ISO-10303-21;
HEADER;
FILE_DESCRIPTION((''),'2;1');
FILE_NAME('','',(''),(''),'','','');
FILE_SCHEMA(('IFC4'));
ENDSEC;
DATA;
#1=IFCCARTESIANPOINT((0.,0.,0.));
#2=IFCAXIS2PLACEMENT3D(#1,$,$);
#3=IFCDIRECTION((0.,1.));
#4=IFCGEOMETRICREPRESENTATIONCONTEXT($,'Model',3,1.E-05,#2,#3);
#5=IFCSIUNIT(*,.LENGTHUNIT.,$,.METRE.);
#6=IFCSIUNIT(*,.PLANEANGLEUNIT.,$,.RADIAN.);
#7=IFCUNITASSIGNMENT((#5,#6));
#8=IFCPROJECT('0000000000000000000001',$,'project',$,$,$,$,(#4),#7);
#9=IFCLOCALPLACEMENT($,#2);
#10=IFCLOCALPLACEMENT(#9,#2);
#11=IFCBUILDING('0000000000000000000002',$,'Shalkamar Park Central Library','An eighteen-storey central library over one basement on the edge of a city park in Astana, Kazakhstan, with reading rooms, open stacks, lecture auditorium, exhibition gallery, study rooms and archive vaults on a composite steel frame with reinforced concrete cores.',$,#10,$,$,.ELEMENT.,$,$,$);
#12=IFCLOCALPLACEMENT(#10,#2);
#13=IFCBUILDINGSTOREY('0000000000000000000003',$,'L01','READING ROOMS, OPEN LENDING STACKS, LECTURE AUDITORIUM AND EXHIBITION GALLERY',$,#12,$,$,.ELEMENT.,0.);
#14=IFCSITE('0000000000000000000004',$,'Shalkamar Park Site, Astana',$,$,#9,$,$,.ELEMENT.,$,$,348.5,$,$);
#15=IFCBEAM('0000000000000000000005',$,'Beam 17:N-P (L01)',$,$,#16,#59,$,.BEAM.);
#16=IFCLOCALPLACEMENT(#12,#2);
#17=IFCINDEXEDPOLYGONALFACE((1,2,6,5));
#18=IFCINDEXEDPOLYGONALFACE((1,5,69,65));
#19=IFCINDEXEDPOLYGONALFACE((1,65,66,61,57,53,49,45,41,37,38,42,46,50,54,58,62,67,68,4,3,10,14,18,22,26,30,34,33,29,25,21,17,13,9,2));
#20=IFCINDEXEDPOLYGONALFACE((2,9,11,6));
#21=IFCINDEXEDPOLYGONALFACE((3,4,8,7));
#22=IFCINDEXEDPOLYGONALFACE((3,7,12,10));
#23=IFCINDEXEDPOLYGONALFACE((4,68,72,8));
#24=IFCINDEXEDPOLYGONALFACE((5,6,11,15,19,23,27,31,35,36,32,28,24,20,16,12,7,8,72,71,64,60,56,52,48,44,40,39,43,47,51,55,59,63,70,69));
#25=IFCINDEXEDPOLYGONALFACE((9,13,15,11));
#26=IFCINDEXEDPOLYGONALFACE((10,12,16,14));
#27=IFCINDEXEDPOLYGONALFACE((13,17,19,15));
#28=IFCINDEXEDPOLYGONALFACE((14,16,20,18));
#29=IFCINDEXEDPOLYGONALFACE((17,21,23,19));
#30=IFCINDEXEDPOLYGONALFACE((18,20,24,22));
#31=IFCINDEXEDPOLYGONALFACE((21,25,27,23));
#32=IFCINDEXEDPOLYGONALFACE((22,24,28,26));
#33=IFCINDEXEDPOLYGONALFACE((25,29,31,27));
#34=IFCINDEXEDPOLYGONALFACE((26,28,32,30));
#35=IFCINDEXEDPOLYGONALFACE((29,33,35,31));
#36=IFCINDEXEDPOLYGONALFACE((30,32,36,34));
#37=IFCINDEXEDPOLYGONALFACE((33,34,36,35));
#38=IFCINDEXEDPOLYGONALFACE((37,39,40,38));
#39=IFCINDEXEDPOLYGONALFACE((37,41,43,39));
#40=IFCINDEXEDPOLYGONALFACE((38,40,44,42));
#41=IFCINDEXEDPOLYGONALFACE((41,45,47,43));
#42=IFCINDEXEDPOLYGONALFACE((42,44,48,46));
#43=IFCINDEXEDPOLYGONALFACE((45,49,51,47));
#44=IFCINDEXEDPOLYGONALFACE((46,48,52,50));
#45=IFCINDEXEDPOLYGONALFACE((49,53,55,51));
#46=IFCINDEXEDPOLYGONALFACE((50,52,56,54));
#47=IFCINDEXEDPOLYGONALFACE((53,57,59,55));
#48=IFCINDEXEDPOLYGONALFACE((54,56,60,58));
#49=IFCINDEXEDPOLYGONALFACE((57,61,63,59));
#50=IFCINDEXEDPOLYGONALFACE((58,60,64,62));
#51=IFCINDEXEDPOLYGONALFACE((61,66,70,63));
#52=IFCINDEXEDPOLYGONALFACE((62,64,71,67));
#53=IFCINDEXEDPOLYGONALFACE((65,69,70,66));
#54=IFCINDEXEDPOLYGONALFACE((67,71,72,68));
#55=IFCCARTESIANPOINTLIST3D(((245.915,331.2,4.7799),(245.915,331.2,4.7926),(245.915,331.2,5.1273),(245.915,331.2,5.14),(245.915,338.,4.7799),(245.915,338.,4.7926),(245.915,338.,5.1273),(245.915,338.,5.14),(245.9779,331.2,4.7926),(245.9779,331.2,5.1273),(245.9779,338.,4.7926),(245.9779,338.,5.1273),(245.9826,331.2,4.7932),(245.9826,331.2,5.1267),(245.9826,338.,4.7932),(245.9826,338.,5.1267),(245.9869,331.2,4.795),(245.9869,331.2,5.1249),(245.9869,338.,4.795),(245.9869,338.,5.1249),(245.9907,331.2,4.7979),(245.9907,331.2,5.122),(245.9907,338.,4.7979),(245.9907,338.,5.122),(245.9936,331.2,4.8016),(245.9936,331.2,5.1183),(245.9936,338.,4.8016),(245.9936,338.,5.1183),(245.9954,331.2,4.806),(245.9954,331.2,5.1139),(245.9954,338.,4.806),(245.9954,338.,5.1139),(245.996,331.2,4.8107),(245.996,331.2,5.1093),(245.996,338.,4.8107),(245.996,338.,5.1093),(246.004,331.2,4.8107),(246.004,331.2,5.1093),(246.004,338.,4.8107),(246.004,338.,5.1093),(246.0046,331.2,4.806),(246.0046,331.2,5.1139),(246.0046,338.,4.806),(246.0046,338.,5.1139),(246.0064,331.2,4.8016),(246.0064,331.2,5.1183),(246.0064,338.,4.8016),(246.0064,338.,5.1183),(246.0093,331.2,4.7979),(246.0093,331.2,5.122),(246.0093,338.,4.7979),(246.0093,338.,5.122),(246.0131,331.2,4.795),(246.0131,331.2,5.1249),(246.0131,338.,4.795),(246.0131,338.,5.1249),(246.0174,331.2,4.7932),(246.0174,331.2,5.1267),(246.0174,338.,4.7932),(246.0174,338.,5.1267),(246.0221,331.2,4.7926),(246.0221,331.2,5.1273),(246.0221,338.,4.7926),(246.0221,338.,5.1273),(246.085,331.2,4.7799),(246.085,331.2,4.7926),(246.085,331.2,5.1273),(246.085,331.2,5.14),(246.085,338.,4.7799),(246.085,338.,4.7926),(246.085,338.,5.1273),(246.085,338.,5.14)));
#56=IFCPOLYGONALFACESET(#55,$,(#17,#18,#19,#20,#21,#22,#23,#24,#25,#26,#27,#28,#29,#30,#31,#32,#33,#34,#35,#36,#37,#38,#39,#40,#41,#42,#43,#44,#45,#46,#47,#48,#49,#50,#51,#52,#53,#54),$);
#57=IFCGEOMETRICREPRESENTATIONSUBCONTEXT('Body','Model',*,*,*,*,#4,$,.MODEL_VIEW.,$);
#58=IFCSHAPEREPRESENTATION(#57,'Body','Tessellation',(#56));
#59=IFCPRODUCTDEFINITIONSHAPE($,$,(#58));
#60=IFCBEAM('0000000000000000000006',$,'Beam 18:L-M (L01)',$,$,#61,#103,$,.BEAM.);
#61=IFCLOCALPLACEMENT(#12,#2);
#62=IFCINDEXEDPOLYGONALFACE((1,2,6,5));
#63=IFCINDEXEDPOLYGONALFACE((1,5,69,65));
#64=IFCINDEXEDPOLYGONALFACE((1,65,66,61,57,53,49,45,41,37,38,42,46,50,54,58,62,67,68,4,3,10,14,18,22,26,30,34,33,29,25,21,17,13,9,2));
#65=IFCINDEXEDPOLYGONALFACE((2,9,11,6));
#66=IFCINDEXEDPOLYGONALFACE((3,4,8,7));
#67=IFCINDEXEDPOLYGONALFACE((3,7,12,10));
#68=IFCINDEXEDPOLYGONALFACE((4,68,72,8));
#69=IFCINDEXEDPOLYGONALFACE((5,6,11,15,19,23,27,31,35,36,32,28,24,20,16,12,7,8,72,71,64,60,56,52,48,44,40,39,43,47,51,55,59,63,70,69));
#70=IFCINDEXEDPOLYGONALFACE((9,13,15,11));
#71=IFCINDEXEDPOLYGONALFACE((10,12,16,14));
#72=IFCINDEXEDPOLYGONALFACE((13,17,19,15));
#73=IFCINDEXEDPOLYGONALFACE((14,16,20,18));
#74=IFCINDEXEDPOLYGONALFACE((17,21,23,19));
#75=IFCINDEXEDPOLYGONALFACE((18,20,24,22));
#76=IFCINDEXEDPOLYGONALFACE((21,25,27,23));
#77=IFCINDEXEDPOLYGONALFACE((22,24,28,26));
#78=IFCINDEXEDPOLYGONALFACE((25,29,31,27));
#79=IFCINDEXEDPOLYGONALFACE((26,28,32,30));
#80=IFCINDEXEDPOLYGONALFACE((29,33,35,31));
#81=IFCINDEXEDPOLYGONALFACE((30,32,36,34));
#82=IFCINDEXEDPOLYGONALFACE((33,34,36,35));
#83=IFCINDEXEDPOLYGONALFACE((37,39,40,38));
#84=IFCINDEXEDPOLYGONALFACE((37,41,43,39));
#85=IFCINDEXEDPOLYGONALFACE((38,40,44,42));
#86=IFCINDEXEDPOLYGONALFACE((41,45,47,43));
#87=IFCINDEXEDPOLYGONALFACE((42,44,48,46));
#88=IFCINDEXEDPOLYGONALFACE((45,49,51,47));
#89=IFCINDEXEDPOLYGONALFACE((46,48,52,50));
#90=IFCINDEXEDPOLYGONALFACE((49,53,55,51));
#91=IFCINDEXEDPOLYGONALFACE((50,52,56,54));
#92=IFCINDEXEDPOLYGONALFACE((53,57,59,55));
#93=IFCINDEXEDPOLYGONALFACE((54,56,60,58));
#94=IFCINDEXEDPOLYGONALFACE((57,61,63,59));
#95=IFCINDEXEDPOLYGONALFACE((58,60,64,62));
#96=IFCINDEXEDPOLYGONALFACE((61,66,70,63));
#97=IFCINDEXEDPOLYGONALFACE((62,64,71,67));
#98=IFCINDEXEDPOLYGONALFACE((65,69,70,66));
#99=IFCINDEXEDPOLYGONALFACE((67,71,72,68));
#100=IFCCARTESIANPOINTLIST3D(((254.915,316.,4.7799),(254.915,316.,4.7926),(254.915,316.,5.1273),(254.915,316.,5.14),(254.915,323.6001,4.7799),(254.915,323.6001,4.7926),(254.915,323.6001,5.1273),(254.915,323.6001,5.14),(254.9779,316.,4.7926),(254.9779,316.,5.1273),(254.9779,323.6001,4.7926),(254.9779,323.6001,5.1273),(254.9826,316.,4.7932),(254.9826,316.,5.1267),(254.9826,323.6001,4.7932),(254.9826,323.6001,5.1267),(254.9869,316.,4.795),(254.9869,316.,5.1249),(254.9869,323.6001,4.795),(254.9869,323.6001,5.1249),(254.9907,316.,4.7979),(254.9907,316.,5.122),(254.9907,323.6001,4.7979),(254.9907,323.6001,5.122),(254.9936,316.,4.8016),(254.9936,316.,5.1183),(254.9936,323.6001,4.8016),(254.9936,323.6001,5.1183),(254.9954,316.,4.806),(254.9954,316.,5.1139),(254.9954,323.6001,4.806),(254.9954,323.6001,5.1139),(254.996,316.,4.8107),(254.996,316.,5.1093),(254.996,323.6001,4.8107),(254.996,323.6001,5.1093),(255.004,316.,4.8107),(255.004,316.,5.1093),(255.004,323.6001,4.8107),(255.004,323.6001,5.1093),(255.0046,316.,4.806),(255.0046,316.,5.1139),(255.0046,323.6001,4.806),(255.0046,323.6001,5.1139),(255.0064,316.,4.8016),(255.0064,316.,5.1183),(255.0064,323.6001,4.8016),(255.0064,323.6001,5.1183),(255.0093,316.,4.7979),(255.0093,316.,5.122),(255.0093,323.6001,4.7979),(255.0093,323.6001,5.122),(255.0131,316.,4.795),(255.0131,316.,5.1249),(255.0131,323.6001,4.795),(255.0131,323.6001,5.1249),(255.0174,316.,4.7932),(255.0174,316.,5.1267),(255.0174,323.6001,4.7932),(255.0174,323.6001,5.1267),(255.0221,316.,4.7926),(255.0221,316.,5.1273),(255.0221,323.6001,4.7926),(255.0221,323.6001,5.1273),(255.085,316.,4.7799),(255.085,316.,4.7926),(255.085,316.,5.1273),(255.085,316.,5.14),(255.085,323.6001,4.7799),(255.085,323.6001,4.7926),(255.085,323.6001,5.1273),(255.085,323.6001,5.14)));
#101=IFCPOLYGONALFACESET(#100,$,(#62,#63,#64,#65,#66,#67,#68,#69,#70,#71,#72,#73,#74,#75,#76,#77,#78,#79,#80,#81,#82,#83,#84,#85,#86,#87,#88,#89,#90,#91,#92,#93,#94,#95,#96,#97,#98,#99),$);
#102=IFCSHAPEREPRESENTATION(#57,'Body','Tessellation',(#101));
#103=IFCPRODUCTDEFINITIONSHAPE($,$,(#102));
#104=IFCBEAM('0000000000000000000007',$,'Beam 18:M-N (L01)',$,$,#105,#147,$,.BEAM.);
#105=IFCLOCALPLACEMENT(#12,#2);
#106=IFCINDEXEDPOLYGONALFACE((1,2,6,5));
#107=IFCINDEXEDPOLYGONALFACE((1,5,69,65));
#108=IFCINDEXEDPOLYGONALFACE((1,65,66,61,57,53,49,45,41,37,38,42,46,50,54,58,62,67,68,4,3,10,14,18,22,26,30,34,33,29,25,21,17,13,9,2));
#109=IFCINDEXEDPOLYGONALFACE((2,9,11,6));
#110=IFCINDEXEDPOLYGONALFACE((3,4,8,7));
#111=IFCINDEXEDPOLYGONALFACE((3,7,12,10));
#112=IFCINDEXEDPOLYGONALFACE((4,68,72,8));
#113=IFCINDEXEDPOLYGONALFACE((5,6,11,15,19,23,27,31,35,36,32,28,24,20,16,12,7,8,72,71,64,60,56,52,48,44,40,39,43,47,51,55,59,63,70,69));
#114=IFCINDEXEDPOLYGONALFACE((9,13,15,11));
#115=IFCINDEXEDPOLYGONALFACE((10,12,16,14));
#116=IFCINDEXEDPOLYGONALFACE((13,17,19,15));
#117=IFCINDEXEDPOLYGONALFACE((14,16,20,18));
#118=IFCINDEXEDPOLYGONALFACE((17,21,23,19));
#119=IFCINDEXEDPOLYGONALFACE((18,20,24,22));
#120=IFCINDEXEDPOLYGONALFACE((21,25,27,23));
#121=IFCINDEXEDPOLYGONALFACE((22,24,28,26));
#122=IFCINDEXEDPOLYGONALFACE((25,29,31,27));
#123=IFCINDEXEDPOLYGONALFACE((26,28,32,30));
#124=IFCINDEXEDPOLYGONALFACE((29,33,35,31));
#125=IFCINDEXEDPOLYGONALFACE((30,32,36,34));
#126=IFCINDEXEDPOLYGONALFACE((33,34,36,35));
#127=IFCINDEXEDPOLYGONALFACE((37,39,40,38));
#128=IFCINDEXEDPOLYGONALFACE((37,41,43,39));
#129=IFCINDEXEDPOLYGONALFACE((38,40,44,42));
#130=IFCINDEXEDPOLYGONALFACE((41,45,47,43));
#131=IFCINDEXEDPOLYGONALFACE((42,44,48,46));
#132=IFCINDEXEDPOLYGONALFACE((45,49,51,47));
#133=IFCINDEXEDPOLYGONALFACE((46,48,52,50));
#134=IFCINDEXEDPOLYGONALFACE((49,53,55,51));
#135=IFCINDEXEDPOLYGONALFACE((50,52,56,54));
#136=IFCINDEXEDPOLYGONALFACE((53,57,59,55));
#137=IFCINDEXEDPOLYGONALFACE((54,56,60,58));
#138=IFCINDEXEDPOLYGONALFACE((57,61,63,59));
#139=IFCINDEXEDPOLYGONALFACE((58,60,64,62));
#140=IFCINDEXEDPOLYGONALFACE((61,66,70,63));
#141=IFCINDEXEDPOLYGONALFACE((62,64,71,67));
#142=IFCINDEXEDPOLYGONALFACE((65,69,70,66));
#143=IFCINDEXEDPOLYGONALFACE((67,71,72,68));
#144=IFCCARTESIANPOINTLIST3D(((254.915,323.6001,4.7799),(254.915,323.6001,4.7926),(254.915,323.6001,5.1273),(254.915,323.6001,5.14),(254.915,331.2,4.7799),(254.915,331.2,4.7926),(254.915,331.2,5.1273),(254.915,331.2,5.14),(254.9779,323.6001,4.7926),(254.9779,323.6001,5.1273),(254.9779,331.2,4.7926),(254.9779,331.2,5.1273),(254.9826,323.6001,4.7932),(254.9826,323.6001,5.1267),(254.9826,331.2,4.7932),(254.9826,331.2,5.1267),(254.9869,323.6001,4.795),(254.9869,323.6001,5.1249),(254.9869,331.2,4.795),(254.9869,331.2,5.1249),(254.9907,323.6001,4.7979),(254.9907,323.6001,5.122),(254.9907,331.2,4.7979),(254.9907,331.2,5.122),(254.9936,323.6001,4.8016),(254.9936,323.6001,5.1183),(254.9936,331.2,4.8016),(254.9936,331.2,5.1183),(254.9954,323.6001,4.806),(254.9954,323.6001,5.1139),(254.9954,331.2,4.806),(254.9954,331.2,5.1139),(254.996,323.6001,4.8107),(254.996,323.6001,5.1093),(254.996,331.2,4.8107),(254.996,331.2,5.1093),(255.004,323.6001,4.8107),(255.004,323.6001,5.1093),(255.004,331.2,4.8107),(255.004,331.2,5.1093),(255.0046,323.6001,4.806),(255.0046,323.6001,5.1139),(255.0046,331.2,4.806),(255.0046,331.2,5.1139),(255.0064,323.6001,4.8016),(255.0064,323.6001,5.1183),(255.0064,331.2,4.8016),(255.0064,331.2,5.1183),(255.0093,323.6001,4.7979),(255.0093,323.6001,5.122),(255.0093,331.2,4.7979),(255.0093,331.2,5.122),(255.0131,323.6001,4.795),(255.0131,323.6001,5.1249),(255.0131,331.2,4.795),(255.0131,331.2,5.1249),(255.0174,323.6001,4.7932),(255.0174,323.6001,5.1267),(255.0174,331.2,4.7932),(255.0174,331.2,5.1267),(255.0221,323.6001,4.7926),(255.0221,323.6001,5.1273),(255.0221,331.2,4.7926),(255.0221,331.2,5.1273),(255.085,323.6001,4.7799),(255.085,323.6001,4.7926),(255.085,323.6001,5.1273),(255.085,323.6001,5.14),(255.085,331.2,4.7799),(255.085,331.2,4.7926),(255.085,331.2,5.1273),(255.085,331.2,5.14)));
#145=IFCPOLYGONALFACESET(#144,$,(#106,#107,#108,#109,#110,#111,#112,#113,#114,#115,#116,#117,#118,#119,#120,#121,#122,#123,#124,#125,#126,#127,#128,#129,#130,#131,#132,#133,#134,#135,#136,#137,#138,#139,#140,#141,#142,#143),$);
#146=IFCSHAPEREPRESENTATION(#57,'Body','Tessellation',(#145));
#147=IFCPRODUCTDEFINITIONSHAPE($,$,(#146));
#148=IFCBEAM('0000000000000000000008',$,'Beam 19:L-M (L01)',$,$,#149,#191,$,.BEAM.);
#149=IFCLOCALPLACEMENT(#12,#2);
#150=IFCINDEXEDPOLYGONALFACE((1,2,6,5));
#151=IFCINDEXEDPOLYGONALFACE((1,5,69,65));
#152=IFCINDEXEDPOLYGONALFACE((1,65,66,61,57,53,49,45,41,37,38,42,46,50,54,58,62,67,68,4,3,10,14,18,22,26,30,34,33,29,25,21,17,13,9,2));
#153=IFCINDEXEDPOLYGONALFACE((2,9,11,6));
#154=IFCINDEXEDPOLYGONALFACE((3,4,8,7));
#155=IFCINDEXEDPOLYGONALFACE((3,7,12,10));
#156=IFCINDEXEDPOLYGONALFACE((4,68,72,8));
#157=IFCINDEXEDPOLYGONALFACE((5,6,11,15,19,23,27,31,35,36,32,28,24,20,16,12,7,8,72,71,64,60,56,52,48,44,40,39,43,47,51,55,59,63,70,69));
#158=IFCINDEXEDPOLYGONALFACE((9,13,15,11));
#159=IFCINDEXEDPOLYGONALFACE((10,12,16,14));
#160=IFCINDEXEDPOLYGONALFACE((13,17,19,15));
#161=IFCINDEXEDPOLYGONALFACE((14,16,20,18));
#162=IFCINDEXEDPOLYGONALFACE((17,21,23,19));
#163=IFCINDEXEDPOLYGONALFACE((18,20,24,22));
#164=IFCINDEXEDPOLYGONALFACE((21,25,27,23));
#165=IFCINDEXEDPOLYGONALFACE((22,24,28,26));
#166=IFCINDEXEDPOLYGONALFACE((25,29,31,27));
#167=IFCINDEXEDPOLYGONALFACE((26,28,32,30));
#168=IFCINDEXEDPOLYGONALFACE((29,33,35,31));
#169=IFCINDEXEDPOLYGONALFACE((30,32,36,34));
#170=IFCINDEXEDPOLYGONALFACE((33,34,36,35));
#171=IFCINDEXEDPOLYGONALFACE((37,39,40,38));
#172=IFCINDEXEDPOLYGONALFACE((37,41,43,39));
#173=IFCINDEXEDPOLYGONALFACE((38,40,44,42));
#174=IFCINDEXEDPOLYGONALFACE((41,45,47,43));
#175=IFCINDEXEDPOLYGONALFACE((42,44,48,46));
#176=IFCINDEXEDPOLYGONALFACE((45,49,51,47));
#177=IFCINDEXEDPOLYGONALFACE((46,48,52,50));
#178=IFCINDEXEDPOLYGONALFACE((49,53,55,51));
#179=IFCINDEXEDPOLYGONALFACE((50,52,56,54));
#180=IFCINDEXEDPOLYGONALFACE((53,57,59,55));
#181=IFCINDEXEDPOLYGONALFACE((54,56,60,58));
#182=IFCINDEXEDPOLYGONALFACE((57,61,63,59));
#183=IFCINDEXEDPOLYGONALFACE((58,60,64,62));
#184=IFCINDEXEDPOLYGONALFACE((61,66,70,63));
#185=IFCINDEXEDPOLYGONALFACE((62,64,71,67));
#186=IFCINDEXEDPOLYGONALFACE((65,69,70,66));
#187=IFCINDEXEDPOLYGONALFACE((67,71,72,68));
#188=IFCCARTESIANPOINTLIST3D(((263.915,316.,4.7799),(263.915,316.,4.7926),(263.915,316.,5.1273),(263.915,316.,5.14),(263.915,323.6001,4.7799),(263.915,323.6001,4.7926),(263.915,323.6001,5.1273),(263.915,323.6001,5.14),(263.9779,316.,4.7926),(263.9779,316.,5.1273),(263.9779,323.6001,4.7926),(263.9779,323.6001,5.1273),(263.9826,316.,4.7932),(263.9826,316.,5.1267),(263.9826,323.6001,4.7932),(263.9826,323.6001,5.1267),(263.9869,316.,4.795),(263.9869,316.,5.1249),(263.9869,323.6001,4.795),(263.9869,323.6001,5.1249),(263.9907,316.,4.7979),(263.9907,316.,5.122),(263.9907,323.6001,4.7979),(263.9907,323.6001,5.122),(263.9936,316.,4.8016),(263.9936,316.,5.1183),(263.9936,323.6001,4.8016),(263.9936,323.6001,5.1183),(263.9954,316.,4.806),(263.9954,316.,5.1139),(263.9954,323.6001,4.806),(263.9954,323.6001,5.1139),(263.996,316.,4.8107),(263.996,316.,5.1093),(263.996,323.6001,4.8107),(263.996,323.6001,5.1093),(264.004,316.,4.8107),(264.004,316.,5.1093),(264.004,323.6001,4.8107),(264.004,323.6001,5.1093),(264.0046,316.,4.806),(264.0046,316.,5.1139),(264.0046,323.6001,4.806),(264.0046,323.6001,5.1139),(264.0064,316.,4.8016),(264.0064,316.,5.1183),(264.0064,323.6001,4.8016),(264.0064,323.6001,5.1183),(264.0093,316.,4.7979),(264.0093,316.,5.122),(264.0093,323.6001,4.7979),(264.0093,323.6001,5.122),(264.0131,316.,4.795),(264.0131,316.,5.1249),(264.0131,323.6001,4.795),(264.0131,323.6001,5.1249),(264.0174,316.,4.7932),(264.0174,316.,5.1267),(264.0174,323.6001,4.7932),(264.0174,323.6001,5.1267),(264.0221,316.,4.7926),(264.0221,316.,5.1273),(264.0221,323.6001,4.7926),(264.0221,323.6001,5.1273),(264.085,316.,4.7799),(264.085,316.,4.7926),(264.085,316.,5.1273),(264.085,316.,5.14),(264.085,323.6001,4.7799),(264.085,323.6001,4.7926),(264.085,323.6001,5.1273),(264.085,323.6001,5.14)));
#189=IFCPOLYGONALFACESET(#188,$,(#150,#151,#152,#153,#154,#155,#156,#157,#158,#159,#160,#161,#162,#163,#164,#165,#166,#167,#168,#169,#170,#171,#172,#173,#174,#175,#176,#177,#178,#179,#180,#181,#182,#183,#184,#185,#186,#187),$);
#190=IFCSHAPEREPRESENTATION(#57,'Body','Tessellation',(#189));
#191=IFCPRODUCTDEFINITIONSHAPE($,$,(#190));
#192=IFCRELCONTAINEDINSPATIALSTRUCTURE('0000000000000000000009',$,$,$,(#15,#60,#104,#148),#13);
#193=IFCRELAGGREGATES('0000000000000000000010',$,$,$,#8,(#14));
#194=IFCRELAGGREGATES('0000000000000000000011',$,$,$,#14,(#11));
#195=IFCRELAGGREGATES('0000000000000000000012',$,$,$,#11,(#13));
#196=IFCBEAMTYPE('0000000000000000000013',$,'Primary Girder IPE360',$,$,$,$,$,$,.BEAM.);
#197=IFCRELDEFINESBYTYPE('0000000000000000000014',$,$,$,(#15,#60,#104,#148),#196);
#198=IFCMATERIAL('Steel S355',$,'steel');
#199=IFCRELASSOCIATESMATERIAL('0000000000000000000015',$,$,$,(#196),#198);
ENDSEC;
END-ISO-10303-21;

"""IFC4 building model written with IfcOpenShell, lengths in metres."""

from ifc_helpers import new_model, si_unit, direction, frame, origin, origin_2d, place, context, subcontext, project, spatial, i_section, extrude, material, material_profile, profile_set, type_object, element, save


model = new_model("IFC4")

# Units and contexts
model_context = context("Model", 3, precision=1e-05, world=origin(), true_north=direction((0.0, 1.0)))
body_context = subcontext(model_context, "Body", "Model", "MODEL_VIEW")
ifc_project = project(units=[si_unit("LENGTHUNIT", "METRE"), si_unit("PLANEANGLEUNIT", "RADIAN")], contexts=[model_context])

# Site, building, storey
site_placement = place(None, origin())
site = spatial("IfcSite", under=ifc_project, at=site_placement, Name="Shalkamar Park Site, Astana", CompositionType="ELEMENT", RefElevation=348.5)
building_placement = place(site_placement, origin())
building = spatial("IfcBuilding", under=site, at=building_placement, Name="Shalkamar Park Central Library", Description="An eighteen-storey central library over one basement on the edge of a city park in Astana, Kazakhstan, with reading rooms, open stacks, lecture auditorium, exhibition gallery, study rooms and archive vaults on a composite steel frame with reinforced concrete cores.", CompositionType="ELEMENT")
storey_placement = place(building_placement, origin())
storey = spatial("IfcBuildingStorey", under=building, at=storey_placement, Name="L01", Description="READING ROOMS, OPEN LENDING STACKS, LECTURE AUDITORIUM AND EXHIBITION GALLERY", CompositionType="ELEMENT", Elevation=0.0)

# Shared definitions
ifc_material_1 = material(Name="Steel S355", Category="steel")

# Beams
ifc_material_profile_1 = material_profile(ifc_material_1, i_section(OverallWidth=0.1699, OverallDepth=0.3601, WebThickness=0.0081, FlangeThickness=0.0127, FilletRadius=0.0181, at=origin_2d()), Name="IPE 360")
ifc_profile_set_1 = profile_set([ifc_material_profile_1], Name="Steel S355")
beam_type_1 = type_object("IfcBeamType", Name="Primary Girder IPE360", PredefinedType="BEAM", material=ifc_profile_set_1)
beam_1_placement = place(storey_placement, frame((246.0, 331.2, 4.96), z_axis=(0.0, 1.0, 0.0), x_axis=(-1.0, 0.0, 0.0)))
element("IfcBeam", 1, at=beam_1_placement, inside=storey, type_object=beam_type_1, Name="Beam 17:N-P (L01)", PredefinedType="BEAM", context=body_context, shape_type="SweptSolid", body=[
    extrude(i_section(OverallWidth=0.1699, OverallDepth=0.3601, WebThickness=0.0081, FlangeThickness=0.0127, FilletRadius=0.0181, at=origin_2d()), origin(), (0.0, 0.0, 1.0), 6.8),
])
beam_2_placement = place(storey_placement, frame((255.0, 316.0, 4.96), z_axis=(0.0, 1.0, 0.0), x_axis=(-1.0, 0.0, 0.0)))
element("IfcBeam", 2, at=beam_2_placement, inside=storey, type_object=beam_type_1, Name="Beam 18:L-M (L01)", PredefinedType="BEAM", context=body_context, shape_type="SweptSolid", body=[
    extrude(i_section(OverallWidth=0.1699, OverallDepth=0.3601, WebThickness=0.0081, FlangeThickness=0.0127, FilletRadius=0.0181, at=origin_2d()), origin(), (0.0, 0.0, 1.0), 7.6001),
])
beam_3_placement = place(storey_placement, frame((255.0, 323.6001, 4.96), z_axis=(0.0, 1.0, 0.0), x_axis=(-1.0, 0.0, 0.0)))
element("IfcBeam", 3, at=beam_3_placement, inside=storey, type_object=beam_type_1, Name="Beam 18:M-N (L01)", PredefinedType="BEAM", context=body_context, shape_type="SweptSolid", body=[
    extrude(i_section(OverallWidth=0.1699, OverallDepth=0.3601, WebThickness=0.0081, FlangeThickness=0.0127, FilletRadius=0.0181, at=origin_2d()), origin(), (0.0, 0.0, 1.0), 7.5999),
])
beam_4_placement = place(storey_placement, frame((264.0, 316.0, 4.96), z_axis=(0.0, 1.0, 0.0), x_axis=(-1.0, 0.0, 0.0)))
element("IfcBeam", 4, at=beam_4_placement, inside=storey, type_object=beam_type_1, Name="Beam 19:L-M (L01)", PredefinedType="BEAM", context=body_context, shape_type="SweptSolid", body=[
    extrude(i_section(OverallWidth=0.1699, OverallDepth=0.3601, WebThickness=0.0081, FlangeThickness=0.0127, FilletRadius=0.0181, at=origin_2d()), origin(), (0.0, 0.0, 1.0), 7.6001),
])

save(model, "model.ifc")
